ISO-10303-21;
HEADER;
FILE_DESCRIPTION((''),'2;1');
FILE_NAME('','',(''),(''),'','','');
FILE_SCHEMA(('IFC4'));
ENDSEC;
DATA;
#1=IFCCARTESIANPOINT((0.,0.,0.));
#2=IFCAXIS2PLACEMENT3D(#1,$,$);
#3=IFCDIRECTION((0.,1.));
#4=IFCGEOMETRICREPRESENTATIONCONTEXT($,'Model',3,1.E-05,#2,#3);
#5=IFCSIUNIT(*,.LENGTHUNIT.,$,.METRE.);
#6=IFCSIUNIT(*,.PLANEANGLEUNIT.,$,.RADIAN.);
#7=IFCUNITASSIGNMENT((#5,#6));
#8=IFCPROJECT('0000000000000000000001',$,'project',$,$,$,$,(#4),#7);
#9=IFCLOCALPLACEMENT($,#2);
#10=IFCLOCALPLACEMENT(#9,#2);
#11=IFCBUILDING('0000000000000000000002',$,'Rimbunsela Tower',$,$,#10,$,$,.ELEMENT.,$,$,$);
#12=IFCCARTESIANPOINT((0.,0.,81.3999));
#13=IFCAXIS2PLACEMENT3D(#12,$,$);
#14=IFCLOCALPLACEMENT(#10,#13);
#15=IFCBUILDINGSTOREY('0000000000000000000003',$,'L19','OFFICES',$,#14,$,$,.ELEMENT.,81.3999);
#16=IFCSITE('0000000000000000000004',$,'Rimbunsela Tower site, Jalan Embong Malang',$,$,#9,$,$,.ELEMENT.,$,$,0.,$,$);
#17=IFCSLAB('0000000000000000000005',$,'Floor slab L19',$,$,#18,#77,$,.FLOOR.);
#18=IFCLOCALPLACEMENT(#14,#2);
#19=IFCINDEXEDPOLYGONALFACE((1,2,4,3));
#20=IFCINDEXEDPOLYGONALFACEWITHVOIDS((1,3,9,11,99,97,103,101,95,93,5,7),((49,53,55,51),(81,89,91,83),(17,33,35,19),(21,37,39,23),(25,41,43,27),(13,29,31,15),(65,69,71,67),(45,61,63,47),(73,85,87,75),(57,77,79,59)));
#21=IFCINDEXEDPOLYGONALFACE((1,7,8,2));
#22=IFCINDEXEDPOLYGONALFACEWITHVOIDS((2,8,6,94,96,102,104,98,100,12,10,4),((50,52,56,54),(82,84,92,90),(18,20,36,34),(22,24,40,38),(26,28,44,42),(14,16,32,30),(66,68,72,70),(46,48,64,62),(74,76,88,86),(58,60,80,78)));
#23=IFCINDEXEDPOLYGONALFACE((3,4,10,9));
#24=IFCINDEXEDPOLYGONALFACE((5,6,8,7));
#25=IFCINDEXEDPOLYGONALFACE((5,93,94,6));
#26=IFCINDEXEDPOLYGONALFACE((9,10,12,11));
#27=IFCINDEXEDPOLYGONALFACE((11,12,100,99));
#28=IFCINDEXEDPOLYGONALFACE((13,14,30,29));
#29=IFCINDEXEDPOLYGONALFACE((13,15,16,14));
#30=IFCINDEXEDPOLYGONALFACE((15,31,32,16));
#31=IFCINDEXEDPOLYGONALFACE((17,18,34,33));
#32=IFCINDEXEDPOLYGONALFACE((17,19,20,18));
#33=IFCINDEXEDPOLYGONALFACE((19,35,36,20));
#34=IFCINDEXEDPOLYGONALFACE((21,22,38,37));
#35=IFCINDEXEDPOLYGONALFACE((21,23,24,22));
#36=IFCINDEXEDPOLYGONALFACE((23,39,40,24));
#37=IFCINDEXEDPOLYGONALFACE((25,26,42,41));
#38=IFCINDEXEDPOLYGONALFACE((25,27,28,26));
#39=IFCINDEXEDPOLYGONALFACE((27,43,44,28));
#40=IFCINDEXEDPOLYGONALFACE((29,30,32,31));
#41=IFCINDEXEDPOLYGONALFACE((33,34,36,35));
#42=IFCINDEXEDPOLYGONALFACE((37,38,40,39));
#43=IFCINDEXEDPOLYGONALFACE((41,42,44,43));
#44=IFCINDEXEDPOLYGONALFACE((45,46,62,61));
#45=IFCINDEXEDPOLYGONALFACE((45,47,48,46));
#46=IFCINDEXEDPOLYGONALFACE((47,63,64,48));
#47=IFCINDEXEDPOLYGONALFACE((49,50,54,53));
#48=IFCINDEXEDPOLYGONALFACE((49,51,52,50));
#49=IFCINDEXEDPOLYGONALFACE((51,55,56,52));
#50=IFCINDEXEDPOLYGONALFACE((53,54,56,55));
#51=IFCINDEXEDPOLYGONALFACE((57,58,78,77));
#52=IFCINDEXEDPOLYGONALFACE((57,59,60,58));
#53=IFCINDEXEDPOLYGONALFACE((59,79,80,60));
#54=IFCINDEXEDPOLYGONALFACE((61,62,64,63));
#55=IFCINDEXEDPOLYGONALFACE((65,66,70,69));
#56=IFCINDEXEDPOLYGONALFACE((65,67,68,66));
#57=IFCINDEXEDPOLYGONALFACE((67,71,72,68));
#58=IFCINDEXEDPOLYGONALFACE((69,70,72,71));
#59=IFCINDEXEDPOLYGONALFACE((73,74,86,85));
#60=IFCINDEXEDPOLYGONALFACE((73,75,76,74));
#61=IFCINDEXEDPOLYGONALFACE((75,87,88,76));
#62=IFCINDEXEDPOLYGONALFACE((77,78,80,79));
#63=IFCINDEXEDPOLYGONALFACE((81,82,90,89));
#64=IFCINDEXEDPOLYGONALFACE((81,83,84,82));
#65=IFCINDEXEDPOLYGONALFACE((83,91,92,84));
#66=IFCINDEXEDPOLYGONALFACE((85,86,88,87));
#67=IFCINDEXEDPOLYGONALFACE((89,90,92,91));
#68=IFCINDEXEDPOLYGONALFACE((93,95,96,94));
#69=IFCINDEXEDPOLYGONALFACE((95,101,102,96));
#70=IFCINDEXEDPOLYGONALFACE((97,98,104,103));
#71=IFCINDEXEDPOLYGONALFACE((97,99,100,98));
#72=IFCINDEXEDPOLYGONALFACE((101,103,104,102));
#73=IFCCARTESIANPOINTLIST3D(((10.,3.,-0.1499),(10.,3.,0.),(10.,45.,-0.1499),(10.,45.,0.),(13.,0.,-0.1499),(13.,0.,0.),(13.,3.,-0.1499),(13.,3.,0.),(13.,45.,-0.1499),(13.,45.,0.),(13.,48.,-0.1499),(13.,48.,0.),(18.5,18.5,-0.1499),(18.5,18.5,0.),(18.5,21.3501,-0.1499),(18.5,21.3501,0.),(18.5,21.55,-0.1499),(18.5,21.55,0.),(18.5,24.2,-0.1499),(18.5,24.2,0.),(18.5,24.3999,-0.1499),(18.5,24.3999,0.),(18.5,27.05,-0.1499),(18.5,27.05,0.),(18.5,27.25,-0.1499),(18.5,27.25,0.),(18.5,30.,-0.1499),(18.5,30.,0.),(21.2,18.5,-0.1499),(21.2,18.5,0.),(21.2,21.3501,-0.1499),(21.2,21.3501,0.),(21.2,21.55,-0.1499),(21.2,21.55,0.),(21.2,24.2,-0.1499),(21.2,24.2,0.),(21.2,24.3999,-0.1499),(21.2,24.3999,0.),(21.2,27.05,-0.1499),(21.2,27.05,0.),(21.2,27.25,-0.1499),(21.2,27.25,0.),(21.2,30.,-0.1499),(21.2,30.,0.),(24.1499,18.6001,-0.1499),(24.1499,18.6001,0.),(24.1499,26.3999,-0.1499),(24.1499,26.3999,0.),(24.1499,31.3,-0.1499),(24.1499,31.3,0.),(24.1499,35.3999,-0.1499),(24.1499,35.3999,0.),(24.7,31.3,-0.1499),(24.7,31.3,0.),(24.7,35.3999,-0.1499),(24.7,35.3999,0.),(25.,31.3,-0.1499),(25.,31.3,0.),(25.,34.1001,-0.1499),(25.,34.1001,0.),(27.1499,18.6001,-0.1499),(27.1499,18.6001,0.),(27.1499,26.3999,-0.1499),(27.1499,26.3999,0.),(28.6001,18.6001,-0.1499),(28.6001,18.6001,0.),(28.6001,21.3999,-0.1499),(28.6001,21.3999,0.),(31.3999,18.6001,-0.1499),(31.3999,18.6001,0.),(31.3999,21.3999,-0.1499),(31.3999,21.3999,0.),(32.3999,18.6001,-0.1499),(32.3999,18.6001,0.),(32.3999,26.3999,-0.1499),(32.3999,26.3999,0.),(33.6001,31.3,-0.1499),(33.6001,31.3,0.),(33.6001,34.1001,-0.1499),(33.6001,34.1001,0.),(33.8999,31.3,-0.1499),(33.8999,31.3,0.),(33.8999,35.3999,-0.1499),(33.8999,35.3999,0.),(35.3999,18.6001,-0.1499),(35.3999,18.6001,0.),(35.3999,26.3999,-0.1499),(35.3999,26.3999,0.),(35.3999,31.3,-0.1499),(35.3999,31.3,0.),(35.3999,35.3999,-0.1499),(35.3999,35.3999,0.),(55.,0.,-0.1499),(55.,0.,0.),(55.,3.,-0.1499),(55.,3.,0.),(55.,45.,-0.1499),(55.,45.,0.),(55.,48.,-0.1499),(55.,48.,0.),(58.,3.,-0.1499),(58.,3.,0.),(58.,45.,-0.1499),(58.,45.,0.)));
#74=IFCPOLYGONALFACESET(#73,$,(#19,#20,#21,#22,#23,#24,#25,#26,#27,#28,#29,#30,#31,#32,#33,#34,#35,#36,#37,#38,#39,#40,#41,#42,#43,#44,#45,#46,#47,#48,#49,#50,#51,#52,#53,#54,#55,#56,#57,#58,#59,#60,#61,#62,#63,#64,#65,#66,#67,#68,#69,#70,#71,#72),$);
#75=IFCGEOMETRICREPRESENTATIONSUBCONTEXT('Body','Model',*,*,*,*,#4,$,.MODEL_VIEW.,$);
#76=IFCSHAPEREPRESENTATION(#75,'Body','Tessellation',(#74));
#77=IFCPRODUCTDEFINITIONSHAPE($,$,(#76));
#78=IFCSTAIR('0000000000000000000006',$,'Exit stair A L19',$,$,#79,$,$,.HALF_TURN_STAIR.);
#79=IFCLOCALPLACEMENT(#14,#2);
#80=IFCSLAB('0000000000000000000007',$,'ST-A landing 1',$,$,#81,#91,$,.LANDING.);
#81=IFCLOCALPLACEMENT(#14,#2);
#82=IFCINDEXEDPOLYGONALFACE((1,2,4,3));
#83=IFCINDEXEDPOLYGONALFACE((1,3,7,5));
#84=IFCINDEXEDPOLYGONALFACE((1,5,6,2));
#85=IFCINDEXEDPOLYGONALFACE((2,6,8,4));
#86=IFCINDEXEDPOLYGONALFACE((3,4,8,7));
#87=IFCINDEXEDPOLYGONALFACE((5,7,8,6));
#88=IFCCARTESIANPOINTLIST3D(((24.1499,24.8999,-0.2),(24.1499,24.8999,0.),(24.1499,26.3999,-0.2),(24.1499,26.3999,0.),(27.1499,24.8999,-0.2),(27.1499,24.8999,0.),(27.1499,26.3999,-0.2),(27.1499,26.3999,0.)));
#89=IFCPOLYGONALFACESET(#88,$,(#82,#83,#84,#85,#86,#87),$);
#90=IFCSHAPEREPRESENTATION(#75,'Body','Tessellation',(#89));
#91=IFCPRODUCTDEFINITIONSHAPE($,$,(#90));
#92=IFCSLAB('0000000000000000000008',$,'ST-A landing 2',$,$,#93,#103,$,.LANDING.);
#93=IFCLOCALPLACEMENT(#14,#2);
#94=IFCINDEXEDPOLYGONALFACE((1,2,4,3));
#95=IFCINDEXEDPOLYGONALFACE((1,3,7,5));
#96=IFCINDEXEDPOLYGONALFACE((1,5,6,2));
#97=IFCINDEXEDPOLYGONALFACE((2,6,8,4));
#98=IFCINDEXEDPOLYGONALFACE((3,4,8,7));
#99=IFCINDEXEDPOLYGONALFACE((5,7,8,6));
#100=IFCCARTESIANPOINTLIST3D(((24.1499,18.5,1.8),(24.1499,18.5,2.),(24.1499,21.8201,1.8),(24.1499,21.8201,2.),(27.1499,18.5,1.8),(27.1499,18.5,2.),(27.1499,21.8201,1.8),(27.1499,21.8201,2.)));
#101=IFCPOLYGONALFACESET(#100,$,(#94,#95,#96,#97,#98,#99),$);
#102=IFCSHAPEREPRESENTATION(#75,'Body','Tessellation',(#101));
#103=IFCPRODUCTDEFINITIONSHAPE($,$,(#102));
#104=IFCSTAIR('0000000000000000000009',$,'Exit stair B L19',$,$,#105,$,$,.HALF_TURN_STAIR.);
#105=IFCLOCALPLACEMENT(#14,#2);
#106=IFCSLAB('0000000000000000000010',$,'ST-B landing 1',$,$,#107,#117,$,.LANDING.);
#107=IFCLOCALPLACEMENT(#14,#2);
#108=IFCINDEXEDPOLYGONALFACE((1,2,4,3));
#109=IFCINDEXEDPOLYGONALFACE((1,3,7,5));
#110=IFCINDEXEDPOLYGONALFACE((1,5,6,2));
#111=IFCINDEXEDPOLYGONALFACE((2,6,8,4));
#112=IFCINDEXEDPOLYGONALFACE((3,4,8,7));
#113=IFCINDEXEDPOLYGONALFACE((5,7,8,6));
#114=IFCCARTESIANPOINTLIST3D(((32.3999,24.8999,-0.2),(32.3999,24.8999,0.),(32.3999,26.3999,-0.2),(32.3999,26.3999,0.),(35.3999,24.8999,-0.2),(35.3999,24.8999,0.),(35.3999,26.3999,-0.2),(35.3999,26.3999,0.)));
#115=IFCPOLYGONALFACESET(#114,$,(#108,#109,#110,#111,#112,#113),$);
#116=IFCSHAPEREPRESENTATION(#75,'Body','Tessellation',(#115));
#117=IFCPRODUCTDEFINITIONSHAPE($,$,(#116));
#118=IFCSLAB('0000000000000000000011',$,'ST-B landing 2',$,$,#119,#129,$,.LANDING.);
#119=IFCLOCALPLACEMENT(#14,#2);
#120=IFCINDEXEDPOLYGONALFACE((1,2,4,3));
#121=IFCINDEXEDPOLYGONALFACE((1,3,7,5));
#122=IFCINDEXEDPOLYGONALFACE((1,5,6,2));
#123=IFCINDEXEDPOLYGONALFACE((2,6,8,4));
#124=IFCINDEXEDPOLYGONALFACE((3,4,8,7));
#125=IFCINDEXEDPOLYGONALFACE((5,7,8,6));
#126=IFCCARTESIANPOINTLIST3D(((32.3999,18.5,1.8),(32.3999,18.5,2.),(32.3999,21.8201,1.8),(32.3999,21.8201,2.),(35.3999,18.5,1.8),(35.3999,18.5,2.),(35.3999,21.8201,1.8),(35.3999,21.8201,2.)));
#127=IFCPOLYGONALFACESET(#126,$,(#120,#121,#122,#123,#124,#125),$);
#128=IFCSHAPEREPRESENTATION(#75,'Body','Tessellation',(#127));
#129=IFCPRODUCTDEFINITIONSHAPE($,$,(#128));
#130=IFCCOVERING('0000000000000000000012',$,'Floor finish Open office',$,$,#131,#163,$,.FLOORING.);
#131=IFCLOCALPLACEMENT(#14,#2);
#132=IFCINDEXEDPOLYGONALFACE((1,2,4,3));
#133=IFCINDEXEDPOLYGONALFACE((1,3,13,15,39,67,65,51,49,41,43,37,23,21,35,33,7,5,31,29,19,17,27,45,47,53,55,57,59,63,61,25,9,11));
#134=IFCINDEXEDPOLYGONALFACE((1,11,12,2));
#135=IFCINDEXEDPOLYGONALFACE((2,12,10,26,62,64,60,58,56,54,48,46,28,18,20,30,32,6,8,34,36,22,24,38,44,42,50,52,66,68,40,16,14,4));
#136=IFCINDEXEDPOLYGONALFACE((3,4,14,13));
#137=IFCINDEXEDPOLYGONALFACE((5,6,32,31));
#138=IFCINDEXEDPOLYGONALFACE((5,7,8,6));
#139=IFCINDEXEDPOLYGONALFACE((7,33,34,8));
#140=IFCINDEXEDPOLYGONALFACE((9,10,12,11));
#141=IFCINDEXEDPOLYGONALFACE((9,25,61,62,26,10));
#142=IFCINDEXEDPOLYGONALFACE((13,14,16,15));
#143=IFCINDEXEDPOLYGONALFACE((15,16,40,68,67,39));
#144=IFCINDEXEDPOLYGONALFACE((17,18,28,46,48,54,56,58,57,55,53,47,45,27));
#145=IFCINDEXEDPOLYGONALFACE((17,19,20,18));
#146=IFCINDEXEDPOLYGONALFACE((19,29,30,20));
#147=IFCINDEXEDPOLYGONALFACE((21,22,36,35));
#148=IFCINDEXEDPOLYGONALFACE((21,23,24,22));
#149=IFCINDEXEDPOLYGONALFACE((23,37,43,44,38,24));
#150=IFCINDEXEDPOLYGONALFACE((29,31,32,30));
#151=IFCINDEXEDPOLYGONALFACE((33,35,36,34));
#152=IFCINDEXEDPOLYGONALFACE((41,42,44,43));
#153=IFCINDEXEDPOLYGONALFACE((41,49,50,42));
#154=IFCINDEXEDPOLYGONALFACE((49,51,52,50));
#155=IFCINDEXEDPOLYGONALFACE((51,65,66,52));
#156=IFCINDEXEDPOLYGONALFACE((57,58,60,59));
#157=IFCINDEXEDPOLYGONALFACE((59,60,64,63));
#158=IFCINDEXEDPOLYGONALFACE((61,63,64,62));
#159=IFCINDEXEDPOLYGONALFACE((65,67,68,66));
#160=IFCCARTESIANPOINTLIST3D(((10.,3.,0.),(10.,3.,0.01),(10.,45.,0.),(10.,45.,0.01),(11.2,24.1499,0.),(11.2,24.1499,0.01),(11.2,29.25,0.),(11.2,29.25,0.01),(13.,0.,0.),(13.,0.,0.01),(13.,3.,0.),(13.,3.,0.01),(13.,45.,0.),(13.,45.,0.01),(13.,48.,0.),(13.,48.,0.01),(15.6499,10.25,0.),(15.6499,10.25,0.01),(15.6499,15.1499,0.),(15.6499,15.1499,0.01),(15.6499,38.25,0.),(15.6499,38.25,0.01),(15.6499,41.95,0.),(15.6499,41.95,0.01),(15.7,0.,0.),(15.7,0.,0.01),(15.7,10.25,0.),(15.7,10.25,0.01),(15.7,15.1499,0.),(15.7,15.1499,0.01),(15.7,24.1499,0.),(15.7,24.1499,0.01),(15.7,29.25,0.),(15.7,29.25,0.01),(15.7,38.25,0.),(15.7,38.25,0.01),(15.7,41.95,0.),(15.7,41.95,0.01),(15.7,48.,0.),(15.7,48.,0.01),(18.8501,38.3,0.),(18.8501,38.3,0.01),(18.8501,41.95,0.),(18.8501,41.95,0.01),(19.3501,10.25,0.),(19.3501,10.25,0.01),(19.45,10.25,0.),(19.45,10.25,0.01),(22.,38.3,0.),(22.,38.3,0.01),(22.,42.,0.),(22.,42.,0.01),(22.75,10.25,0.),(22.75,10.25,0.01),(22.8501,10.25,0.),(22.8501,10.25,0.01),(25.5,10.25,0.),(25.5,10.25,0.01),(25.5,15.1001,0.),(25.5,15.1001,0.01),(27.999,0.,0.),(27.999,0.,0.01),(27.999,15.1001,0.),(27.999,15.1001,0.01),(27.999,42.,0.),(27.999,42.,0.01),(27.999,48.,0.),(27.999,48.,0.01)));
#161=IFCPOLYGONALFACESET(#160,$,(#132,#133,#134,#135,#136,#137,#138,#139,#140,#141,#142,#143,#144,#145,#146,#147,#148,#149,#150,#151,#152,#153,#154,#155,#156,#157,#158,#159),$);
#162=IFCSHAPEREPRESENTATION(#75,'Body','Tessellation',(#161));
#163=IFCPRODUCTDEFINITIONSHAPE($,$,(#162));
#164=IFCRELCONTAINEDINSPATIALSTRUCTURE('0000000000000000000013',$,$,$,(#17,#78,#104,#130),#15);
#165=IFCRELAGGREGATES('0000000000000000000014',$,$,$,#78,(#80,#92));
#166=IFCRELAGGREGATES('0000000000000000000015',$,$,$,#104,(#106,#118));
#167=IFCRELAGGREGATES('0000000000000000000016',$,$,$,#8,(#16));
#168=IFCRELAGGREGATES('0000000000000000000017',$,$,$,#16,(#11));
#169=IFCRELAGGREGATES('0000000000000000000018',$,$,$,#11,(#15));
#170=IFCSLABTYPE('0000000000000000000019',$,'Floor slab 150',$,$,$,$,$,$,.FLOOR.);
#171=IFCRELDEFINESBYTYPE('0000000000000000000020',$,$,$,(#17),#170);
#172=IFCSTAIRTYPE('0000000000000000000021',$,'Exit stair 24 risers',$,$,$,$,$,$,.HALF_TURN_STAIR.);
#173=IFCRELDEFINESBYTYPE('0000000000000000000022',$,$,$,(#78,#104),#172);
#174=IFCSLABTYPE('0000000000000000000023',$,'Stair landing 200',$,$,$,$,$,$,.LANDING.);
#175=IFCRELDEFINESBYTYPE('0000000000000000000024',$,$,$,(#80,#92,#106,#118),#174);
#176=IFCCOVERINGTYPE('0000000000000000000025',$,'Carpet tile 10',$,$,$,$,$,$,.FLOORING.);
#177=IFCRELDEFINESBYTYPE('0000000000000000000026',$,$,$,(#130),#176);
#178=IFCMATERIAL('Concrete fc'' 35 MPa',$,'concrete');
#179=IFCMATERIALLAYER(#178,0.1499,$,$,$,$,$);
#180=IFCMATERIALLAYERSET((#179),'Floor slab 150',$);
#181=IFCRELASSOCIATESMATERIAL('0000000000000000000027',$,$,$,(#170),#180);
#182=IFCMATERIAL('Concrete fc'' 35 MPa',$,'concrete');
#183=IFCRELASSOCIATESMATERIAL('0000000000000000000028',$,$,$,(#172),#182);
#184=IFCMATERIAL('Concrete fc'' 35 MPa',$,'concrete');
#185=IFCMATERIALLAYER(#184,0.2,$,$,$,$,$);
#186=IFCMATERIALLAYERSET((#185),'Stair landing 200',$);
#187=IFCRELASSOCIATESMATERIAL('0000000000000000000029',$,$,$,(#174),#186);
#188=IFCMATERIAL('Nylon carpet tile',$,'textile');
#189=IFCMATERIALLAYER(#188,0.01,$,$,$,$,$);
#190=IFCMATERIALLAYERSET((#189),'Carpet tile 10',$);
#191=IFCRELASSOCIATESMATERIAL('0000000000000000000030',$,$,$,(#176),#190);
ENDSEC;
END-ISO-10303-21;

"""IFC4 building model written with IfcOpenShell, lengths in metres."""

from ifc_helpers import new_model, si_unit, direction, frame, origin, place, context, subcontext, project, spatial, polyline, outline, extrude, material, layer, layer_set, type_object, element, aggregate, save


model = new_model("IFC4")

# Units and contexts
model_context = context("Model", 3, precision=1e-05, world=origin(), true_north=direction((0.0, 1.0)))
body_context = subcontext(model_context, "Body", "Model", "MODEL_VIEW")
ifc_project = project(units=[si_unit("LENGTHUNIT", "METRE"), si_unit("PLANEANGLEUNIT", "RADIAN")], contexts=[model_context])

# Site, building, storey
site_placement = place(None, origin())
site = spatial("IfcSite", under=ifc_project, at=site_placement, Name="Rimbunsela Tower site, Jalan Embong Malang", CompositionType="ELEMENT", RefElevation=0.0)
building_placement = place(site_placement, origin())
building = spatial("IfcBuilding", under=site, at=building_placement, Name="Rimbunsela Tower", CompositionType="ELEMENT")
storey_placement = place(building_placement, frame((0.0, 0.0, 81.3999)))
storey = spatial("IfcBuildingStorey", under=building, at=storey_placement, Name="L19", Description="OFFICES", CompositionType="ELEMENT", Elevation=81.3999)

# Slab
ifc_material_1 = material(Name="Concrete fc' 35 MPa", Category="concrete")
ifc_layer_1 = layer(ifc_material_1, 0.1499)
ifc_layer_set_1 = layer_set([ifc_layer_1], Name="Floor slab 150")
slab_type_1 = type_object("IfcSlabType", Name="Floor slab 150", PredefinedType="FLOOR", material=ifc_layer_set_1)
slab_1_placement = place(storey_placement, frame((0.0, 0.0, -0.1499)))
element("IfcSlab", 1, at=slab_1_placement, inside=storey, type_object=slab_type_1, Name="Floor slab L19", PredefinedType="FLOOR", context=body_context, shape_type="SweptSolid", body=[
    extrude(outline(polyline([(13.0, 0.0), (55.0, 0.0), (55.0, 3.0), (58.0, 3.0), (58.0, 45.0), (55.0, 45.0), (55.0, 48.0), (13.0, 48.0), (13.0, 45.0), (10.0, 45.0), (10.0, 3.0), (13.0, 3.0), (13.0, 0.0)]), holes=[polyline([(21.2, 21.3501), (18.5, 21.3501), (18.5, 18.5), (21.2, 18.5), (21.2, 21.3501)]), polyline([(21.2, 21.55), (21.2, 24.2), (18.5, 24.2), (18.5, 21.55), (21.2, 21.55)]), polyline([(21.2, 27.05), (18.5, 27.05), (18.5, 24.3999), (21.2, 24.3999), (21.2, 27.05)]), polyline([(21.2, 27.25), (21.2, 30.0), (18.5, 30.0), (18.5, 27.25), (21.2, 27.25)]), polyline([(27.1499, 18.6001), (27.1499, 26.3999), (24.1499, 26.3999), (24.1499, 18.6001), (27.1499, 18.6001)]), polyline([(24.7, 31.3), (24.7, 35.3999), (24.1499, 35.3999), (24.1499, 31.3), (24.7, 31.3)]), polyline([(25.0, 34.1001), (25.0, 31.3), (33.6001, 31.3), (33.6001, 34.1001), (25.0, 34.1001)]), polyline([(31.3999, 21.3999), (28.6001, 21.3999), (28.6001, 18.6001), (31.3999, 18.6001), (31.3999, 21.3999)]), polyline([(35.3999, 18.6001), (35.3999, 26.3999), (32.3999, 26.3999), (32.3999, 18.6001), (35.3999, 18.6001)]), polyline([(35.3999, 31.3), (35.3999, 35.3999), (33.8999, 35.3999), (33.8999, 31.3), (35.3999, 31.3)])]), origin(), (0.0, 0.0, 1.0), 0.1499),
])

# Stairs, slabs
ifc_material_2 = material(Name="Concrete fc' 35 MPa", Category="concrete")
stair_type = type_object("IfcStairType", Name="Exit stair 24 risers", PredefinedType="HALF_TURN_STAIR", material=ifc_material_2)
stair_1_placement = place(storey_placement, origin())
stair_1 = element("IfcStair", 2, at=stair_1_placement, inside=storey, type_object=stair_type, Name="Exit stair A L19", PredefinedType="HALF_TURN_STAIR")
ifc_material_3 = material(Name="Concrete fc' 35 MPa", Category="concrete")
ifc_layer_2 = layer(ifc_material_3, 0.2)
ifc_layer_set_2 = layer_set([ifc_layer_2], Name="Stair landing 200")
slab_type_2 = type_object("IfcSlabType", Name="Stair landing 200", PredefinedType="LANDING", material=ifc_layer_set_2)
slab_2_placement = place(storey_placement, frame((0.0, 0.0, -0.2)))
slab_2 = element("IfcSlab", 3, at=slab_2_placement, type_object=slab_type_2, Name="ST-A landing 1", PredefinedType="LANDING", context=body_context, shape_type="SweptSolid", body=[
    extrude(outline(polyline([(24.1499, 24.8999), (27.1499, 24.8999), (27.1499, 26.3999), (24.1499, 26.3999), (24.1499, 24.8999)])), origin(), (0.0, 0.0, 1.0), 0.2),
])
slab_3_placement = place(storey_placement, frame((0.0, 0.0, 1.8)))
slab_3 = element("IfcSlab", 4, at=slab_3_placement, type_object=slab_type_2, Name="ST-A landing 2", PredefinedType="LANDING", context=body_context, shape_type="SweptSolid", body=[
    extrude(outline(polyline([(24.1499, 18.5), (27.1499, 18.5), (27.1499, 21.8201), (24.1499, 21.8201), (24.1499, 18.5)])), origin(), (0.0, 0.0, 1.0), 0.2),
])
aggregate(stair_1, [slab_2, slab_3])
stair_2_placement = place(storey_placement, origin())
stair_2 = element("IfcStair", 5, at=stair_2_placement, inside=storey, type_object=stair_type, Name="Exit stair B L19", PredefinedType="HALF_TURN_STAIR")
slab_4_placement = place(storey_placement, frame((0.0, 0.0, -0.2)))
slab_4 = element("IfcSlab", 6, at=slab_4_placement, type_object=slab_type_2, Name="ST-B landing 1", PredefinedType="LANDING", context=body_context, shape_type="SweptSolid", body=[
    extrude(outline(polyline([(32.3999, 24.8999), (35.3999, 24.8999), (35.3999, 26.3999), (32.3999, 26.3999), (32.3999, 24.8999)])), origin(), (0.0, 0.0, 1.0), 0.2),
])
slab_5_placement = place(storey_placement, frame((0.0, 0.0, 1.8)))
slab_5 = element("IfcSlab", 7, at=slab_5_placement, type_object=slab_type_2, Name="ST-B landing 2", PredefinedType="LANDING", context=body_context, shape_type="SweptSolid", body=[
    extrude(outline(polyline([(32.3999, 18.5), (35.3999, 18.5), (35.3999, 21.8201), (32.3999, 21.8201), (32.3999, 18.5)])), origin(), (0.0, 0.0, 1.0), 0.2),
])
aggregate(stair_2, [slab_4, slab_5])

# Covering
ifc_material_4 = material(Name="Nylon carpet tile", Category="textile")
ifc_layer_3 = layer(ifc_material_4, 0.01)
ifc_layer_set_3 = layer_set([ifc_layer_3], Name="Carpet tile 10")
covering_type_1 = type_object("IfcCoveringType", Name="Carpet tile 10", PredefinedType="FLOORING", material=ifc_layer_set_3)
covering_1_placement = place(storey_placement, origin())
element("IfcCovering", 8, at=covering_1_placement, inside=storey, type_object=covering_type_1, Name="Floor finish Open office", PredefinedType="FLOORING", context=body_context, shape_type="SweptSolid", body=[
    extrude(outline(polyline([(19.45, 10.25), (22.75, 10.25), (22.8501, 10.25), (25.5, 10.25), (25.5, 15.1001), (27.999, 15.1001), (27.999, 0.0), (15.7, 0.0), (13.0, 0.0), (13.0, 3.0), (10.0, 3.0), (10.0, 45.0), (13.0, 45.0), (13.0, 48.0), (15.7, 48.0), (27.999, 48.0), (27.999, 42.0), (22.0, 42.0), (22.0, 38.3), (18.8501, 38.3), (18.8501, 41.95), (15.7, 41.95), (15.6499, 41.95), (15.6499, 38.25), (15.7, 38.25), (15.7, 29.25), (11.2, 29.25), (11.2, 24.1499), (15.7, 24.1499), (15.7, 15.1499), (15.6499, 15.1499), (15.6499, 10.25), (15.7, 10.25), (19.3501, 10.25), (19.45, 10.25)])), origin(), (0.0, 0.0, 1.0), 0.01),
])

save(model, "model.ifc")
